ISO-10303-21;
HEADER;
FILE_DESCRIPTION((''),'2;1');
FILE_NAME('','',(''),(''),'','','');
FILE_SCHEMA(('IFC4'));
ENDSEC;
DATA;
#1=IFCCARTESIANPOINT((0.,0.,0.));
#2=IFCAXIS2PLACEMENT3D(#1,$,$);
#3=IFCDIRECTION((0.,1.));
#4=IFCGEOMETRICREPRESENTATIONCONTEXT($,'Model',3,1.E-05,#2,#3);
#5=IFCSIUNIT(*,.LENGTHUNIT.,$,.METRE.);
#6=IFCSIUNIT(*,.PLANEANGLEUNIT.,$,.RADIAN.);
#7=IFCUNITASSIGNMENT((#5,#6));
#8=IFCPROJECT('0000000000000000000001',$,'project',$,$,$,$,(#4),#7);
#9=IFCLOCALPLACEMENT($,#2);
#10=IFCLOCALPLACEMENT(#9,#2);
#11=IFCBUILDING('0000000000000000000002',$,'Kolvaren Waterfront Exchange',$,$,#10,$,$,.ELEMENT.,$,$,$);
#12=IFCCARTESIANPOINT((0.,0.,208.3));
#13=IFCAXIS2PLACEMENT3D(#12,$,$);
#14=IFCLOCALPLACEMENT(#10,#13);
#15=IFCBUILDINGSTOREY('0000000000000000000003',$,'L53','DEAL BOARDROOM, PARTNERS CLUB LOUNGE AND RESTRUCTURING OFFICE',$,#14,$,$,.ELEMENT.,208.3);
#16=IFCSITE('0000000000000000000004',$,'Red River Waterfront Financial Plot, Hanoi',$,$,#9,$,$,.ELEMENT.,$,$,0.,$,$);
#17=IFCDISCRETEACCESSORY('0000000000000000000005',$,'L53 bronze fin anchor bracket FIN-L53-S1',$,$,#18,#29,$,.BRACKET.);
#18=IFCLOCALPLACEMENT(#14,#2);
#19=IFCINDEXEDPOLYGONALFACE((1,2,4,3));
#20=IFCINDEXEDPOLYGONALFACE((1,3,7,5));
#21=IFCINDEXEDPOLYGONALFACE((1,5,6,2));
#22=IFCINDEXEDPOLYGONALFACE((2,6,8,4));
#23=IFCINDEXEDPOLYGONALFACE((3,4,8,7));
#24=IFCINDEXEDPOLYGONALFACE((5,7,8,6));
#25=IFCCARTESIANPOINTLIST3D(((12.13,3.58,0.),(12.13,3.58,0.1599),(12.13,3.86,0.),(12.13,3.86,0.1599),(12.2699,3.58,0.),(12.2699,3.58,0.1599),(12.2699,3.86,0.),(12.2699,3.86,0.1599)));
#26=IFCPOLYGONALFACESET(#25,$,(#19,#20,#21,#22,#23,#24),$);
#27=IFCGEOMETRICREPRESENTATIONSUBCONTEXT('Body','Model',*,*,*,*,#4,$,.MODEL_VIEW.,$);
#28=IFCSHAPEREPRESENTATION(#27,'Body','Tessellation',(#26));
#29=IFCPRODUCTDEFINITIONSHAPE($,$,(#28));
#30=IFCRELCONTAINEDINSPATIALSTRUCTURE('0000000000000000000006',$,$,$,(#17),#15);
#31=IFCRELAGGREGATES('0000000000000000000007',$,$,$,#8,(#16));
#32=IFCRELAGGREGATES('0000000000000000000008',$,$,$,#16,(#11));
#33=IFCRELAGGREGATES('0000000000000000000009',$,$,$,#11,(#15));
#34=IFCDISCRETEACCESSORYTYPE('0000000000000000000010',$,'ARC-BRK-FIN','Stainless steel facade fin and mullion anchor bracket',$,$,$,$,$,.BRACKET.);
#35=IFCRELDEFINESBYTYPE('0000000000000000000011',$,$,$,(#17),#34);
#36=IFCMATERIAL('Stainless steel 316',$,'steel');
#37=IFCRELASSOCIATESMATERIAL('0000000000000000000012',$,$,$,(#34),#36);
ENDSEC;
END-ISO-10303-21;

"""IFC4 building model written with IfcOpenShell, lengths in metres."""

from ifc_helpers import new_model, si_unit, direction, frame, origin, origin_with_axes, origin_2d, place, context, subcontext, project, spatial, rectangle, extrude, source, transform, mapped, material, type_object, element, save


model = new_model("IFC4")

# Units and contexts
model_context = context("Model", 3, precision=1e-05, world=origin(), true_north=direction((0.0, 1.0)))
body_context = subcontext(model_context, "Body", "Model", "MODEL_VIEW")
ifc_project = project(units=[si_unit("LENGTHUNIT", "METRE"), si_unit("PLANEANGLEUNIT", "RADIAN")], contexts=[model_context])

# Site, building, storey
site_placement = place(None, origin())
site = spatial("IfcSite", under=ifc_project, at=site_placement, Name="Red River Waterfront Financial Plot, Hanoi", CompositionType="ELEMENT", RefElevation=0.0)
building_placement = place(site_placement, origin())
building = spatial("IfcBuilding", under=site, at=building_placement, Name="Kolvaren Waterfront Exchange", CompositionType="ELEMENT")
storey_placement = place(building_placement, frame((0.0, 0.0, 208.3)))
storey = spatial("IfcBuildingStorey", under=building, at=storey_placement, Name="L53", Description="DEAL BOARDROOM, PARTNERS CLUB LOUNGE AND RESTRUCTURING OFFICE", CompositionType="ELEMENT", Elevation=208.3)

# Discrete accessory
ifc_material_1 = material(Name="Stainless steel 316", Category="steel")
discrete_accessory_type = type_object("IfcDiscreteAccessoryType", Name="ARC-BRK-FIN", Description="Stainless steel facade fin and mullion anchor bracket", PredefinedType="BRACKET", material=ifc_material_1)
shared_shape_1 = source(origin_with_axes(), body_context, "Body", "SweptSolid", [
    extrude(rectangle(XDim=0.28, YDim=0.1399, at=origin_2d()), origin(), (0.0, 0.0, 1.0), 0.1599),
])
discrete_accessory_placement = place(storey_placement, frame((12.2, 3.72, 0.0), z_axis=(0.0, 0.0, 1.0), x_axis=(0.0, -1.0, 0.0)))
element("IfcDiscreteAccessory", 1, at=discrete_accessory_placement, inside=storey, type_object=discrete_accessory_type, Name="L53 bronze fin anchor bracket FIN-L53-S1", PredefinedType="BRACKET", context=body_context, shape_type="MappedRepresentation", body=[
    mapped(shared_shape_1, transform((0.0, 0.0, 0.0), x_axis=(1.0, 0.0, 0.0), y_axis=(0.0, 1.0, 0.0), z_axis=(0.0, 0.0, 1.0), scale=1.0)),
])

save(model, "model.ifc")
